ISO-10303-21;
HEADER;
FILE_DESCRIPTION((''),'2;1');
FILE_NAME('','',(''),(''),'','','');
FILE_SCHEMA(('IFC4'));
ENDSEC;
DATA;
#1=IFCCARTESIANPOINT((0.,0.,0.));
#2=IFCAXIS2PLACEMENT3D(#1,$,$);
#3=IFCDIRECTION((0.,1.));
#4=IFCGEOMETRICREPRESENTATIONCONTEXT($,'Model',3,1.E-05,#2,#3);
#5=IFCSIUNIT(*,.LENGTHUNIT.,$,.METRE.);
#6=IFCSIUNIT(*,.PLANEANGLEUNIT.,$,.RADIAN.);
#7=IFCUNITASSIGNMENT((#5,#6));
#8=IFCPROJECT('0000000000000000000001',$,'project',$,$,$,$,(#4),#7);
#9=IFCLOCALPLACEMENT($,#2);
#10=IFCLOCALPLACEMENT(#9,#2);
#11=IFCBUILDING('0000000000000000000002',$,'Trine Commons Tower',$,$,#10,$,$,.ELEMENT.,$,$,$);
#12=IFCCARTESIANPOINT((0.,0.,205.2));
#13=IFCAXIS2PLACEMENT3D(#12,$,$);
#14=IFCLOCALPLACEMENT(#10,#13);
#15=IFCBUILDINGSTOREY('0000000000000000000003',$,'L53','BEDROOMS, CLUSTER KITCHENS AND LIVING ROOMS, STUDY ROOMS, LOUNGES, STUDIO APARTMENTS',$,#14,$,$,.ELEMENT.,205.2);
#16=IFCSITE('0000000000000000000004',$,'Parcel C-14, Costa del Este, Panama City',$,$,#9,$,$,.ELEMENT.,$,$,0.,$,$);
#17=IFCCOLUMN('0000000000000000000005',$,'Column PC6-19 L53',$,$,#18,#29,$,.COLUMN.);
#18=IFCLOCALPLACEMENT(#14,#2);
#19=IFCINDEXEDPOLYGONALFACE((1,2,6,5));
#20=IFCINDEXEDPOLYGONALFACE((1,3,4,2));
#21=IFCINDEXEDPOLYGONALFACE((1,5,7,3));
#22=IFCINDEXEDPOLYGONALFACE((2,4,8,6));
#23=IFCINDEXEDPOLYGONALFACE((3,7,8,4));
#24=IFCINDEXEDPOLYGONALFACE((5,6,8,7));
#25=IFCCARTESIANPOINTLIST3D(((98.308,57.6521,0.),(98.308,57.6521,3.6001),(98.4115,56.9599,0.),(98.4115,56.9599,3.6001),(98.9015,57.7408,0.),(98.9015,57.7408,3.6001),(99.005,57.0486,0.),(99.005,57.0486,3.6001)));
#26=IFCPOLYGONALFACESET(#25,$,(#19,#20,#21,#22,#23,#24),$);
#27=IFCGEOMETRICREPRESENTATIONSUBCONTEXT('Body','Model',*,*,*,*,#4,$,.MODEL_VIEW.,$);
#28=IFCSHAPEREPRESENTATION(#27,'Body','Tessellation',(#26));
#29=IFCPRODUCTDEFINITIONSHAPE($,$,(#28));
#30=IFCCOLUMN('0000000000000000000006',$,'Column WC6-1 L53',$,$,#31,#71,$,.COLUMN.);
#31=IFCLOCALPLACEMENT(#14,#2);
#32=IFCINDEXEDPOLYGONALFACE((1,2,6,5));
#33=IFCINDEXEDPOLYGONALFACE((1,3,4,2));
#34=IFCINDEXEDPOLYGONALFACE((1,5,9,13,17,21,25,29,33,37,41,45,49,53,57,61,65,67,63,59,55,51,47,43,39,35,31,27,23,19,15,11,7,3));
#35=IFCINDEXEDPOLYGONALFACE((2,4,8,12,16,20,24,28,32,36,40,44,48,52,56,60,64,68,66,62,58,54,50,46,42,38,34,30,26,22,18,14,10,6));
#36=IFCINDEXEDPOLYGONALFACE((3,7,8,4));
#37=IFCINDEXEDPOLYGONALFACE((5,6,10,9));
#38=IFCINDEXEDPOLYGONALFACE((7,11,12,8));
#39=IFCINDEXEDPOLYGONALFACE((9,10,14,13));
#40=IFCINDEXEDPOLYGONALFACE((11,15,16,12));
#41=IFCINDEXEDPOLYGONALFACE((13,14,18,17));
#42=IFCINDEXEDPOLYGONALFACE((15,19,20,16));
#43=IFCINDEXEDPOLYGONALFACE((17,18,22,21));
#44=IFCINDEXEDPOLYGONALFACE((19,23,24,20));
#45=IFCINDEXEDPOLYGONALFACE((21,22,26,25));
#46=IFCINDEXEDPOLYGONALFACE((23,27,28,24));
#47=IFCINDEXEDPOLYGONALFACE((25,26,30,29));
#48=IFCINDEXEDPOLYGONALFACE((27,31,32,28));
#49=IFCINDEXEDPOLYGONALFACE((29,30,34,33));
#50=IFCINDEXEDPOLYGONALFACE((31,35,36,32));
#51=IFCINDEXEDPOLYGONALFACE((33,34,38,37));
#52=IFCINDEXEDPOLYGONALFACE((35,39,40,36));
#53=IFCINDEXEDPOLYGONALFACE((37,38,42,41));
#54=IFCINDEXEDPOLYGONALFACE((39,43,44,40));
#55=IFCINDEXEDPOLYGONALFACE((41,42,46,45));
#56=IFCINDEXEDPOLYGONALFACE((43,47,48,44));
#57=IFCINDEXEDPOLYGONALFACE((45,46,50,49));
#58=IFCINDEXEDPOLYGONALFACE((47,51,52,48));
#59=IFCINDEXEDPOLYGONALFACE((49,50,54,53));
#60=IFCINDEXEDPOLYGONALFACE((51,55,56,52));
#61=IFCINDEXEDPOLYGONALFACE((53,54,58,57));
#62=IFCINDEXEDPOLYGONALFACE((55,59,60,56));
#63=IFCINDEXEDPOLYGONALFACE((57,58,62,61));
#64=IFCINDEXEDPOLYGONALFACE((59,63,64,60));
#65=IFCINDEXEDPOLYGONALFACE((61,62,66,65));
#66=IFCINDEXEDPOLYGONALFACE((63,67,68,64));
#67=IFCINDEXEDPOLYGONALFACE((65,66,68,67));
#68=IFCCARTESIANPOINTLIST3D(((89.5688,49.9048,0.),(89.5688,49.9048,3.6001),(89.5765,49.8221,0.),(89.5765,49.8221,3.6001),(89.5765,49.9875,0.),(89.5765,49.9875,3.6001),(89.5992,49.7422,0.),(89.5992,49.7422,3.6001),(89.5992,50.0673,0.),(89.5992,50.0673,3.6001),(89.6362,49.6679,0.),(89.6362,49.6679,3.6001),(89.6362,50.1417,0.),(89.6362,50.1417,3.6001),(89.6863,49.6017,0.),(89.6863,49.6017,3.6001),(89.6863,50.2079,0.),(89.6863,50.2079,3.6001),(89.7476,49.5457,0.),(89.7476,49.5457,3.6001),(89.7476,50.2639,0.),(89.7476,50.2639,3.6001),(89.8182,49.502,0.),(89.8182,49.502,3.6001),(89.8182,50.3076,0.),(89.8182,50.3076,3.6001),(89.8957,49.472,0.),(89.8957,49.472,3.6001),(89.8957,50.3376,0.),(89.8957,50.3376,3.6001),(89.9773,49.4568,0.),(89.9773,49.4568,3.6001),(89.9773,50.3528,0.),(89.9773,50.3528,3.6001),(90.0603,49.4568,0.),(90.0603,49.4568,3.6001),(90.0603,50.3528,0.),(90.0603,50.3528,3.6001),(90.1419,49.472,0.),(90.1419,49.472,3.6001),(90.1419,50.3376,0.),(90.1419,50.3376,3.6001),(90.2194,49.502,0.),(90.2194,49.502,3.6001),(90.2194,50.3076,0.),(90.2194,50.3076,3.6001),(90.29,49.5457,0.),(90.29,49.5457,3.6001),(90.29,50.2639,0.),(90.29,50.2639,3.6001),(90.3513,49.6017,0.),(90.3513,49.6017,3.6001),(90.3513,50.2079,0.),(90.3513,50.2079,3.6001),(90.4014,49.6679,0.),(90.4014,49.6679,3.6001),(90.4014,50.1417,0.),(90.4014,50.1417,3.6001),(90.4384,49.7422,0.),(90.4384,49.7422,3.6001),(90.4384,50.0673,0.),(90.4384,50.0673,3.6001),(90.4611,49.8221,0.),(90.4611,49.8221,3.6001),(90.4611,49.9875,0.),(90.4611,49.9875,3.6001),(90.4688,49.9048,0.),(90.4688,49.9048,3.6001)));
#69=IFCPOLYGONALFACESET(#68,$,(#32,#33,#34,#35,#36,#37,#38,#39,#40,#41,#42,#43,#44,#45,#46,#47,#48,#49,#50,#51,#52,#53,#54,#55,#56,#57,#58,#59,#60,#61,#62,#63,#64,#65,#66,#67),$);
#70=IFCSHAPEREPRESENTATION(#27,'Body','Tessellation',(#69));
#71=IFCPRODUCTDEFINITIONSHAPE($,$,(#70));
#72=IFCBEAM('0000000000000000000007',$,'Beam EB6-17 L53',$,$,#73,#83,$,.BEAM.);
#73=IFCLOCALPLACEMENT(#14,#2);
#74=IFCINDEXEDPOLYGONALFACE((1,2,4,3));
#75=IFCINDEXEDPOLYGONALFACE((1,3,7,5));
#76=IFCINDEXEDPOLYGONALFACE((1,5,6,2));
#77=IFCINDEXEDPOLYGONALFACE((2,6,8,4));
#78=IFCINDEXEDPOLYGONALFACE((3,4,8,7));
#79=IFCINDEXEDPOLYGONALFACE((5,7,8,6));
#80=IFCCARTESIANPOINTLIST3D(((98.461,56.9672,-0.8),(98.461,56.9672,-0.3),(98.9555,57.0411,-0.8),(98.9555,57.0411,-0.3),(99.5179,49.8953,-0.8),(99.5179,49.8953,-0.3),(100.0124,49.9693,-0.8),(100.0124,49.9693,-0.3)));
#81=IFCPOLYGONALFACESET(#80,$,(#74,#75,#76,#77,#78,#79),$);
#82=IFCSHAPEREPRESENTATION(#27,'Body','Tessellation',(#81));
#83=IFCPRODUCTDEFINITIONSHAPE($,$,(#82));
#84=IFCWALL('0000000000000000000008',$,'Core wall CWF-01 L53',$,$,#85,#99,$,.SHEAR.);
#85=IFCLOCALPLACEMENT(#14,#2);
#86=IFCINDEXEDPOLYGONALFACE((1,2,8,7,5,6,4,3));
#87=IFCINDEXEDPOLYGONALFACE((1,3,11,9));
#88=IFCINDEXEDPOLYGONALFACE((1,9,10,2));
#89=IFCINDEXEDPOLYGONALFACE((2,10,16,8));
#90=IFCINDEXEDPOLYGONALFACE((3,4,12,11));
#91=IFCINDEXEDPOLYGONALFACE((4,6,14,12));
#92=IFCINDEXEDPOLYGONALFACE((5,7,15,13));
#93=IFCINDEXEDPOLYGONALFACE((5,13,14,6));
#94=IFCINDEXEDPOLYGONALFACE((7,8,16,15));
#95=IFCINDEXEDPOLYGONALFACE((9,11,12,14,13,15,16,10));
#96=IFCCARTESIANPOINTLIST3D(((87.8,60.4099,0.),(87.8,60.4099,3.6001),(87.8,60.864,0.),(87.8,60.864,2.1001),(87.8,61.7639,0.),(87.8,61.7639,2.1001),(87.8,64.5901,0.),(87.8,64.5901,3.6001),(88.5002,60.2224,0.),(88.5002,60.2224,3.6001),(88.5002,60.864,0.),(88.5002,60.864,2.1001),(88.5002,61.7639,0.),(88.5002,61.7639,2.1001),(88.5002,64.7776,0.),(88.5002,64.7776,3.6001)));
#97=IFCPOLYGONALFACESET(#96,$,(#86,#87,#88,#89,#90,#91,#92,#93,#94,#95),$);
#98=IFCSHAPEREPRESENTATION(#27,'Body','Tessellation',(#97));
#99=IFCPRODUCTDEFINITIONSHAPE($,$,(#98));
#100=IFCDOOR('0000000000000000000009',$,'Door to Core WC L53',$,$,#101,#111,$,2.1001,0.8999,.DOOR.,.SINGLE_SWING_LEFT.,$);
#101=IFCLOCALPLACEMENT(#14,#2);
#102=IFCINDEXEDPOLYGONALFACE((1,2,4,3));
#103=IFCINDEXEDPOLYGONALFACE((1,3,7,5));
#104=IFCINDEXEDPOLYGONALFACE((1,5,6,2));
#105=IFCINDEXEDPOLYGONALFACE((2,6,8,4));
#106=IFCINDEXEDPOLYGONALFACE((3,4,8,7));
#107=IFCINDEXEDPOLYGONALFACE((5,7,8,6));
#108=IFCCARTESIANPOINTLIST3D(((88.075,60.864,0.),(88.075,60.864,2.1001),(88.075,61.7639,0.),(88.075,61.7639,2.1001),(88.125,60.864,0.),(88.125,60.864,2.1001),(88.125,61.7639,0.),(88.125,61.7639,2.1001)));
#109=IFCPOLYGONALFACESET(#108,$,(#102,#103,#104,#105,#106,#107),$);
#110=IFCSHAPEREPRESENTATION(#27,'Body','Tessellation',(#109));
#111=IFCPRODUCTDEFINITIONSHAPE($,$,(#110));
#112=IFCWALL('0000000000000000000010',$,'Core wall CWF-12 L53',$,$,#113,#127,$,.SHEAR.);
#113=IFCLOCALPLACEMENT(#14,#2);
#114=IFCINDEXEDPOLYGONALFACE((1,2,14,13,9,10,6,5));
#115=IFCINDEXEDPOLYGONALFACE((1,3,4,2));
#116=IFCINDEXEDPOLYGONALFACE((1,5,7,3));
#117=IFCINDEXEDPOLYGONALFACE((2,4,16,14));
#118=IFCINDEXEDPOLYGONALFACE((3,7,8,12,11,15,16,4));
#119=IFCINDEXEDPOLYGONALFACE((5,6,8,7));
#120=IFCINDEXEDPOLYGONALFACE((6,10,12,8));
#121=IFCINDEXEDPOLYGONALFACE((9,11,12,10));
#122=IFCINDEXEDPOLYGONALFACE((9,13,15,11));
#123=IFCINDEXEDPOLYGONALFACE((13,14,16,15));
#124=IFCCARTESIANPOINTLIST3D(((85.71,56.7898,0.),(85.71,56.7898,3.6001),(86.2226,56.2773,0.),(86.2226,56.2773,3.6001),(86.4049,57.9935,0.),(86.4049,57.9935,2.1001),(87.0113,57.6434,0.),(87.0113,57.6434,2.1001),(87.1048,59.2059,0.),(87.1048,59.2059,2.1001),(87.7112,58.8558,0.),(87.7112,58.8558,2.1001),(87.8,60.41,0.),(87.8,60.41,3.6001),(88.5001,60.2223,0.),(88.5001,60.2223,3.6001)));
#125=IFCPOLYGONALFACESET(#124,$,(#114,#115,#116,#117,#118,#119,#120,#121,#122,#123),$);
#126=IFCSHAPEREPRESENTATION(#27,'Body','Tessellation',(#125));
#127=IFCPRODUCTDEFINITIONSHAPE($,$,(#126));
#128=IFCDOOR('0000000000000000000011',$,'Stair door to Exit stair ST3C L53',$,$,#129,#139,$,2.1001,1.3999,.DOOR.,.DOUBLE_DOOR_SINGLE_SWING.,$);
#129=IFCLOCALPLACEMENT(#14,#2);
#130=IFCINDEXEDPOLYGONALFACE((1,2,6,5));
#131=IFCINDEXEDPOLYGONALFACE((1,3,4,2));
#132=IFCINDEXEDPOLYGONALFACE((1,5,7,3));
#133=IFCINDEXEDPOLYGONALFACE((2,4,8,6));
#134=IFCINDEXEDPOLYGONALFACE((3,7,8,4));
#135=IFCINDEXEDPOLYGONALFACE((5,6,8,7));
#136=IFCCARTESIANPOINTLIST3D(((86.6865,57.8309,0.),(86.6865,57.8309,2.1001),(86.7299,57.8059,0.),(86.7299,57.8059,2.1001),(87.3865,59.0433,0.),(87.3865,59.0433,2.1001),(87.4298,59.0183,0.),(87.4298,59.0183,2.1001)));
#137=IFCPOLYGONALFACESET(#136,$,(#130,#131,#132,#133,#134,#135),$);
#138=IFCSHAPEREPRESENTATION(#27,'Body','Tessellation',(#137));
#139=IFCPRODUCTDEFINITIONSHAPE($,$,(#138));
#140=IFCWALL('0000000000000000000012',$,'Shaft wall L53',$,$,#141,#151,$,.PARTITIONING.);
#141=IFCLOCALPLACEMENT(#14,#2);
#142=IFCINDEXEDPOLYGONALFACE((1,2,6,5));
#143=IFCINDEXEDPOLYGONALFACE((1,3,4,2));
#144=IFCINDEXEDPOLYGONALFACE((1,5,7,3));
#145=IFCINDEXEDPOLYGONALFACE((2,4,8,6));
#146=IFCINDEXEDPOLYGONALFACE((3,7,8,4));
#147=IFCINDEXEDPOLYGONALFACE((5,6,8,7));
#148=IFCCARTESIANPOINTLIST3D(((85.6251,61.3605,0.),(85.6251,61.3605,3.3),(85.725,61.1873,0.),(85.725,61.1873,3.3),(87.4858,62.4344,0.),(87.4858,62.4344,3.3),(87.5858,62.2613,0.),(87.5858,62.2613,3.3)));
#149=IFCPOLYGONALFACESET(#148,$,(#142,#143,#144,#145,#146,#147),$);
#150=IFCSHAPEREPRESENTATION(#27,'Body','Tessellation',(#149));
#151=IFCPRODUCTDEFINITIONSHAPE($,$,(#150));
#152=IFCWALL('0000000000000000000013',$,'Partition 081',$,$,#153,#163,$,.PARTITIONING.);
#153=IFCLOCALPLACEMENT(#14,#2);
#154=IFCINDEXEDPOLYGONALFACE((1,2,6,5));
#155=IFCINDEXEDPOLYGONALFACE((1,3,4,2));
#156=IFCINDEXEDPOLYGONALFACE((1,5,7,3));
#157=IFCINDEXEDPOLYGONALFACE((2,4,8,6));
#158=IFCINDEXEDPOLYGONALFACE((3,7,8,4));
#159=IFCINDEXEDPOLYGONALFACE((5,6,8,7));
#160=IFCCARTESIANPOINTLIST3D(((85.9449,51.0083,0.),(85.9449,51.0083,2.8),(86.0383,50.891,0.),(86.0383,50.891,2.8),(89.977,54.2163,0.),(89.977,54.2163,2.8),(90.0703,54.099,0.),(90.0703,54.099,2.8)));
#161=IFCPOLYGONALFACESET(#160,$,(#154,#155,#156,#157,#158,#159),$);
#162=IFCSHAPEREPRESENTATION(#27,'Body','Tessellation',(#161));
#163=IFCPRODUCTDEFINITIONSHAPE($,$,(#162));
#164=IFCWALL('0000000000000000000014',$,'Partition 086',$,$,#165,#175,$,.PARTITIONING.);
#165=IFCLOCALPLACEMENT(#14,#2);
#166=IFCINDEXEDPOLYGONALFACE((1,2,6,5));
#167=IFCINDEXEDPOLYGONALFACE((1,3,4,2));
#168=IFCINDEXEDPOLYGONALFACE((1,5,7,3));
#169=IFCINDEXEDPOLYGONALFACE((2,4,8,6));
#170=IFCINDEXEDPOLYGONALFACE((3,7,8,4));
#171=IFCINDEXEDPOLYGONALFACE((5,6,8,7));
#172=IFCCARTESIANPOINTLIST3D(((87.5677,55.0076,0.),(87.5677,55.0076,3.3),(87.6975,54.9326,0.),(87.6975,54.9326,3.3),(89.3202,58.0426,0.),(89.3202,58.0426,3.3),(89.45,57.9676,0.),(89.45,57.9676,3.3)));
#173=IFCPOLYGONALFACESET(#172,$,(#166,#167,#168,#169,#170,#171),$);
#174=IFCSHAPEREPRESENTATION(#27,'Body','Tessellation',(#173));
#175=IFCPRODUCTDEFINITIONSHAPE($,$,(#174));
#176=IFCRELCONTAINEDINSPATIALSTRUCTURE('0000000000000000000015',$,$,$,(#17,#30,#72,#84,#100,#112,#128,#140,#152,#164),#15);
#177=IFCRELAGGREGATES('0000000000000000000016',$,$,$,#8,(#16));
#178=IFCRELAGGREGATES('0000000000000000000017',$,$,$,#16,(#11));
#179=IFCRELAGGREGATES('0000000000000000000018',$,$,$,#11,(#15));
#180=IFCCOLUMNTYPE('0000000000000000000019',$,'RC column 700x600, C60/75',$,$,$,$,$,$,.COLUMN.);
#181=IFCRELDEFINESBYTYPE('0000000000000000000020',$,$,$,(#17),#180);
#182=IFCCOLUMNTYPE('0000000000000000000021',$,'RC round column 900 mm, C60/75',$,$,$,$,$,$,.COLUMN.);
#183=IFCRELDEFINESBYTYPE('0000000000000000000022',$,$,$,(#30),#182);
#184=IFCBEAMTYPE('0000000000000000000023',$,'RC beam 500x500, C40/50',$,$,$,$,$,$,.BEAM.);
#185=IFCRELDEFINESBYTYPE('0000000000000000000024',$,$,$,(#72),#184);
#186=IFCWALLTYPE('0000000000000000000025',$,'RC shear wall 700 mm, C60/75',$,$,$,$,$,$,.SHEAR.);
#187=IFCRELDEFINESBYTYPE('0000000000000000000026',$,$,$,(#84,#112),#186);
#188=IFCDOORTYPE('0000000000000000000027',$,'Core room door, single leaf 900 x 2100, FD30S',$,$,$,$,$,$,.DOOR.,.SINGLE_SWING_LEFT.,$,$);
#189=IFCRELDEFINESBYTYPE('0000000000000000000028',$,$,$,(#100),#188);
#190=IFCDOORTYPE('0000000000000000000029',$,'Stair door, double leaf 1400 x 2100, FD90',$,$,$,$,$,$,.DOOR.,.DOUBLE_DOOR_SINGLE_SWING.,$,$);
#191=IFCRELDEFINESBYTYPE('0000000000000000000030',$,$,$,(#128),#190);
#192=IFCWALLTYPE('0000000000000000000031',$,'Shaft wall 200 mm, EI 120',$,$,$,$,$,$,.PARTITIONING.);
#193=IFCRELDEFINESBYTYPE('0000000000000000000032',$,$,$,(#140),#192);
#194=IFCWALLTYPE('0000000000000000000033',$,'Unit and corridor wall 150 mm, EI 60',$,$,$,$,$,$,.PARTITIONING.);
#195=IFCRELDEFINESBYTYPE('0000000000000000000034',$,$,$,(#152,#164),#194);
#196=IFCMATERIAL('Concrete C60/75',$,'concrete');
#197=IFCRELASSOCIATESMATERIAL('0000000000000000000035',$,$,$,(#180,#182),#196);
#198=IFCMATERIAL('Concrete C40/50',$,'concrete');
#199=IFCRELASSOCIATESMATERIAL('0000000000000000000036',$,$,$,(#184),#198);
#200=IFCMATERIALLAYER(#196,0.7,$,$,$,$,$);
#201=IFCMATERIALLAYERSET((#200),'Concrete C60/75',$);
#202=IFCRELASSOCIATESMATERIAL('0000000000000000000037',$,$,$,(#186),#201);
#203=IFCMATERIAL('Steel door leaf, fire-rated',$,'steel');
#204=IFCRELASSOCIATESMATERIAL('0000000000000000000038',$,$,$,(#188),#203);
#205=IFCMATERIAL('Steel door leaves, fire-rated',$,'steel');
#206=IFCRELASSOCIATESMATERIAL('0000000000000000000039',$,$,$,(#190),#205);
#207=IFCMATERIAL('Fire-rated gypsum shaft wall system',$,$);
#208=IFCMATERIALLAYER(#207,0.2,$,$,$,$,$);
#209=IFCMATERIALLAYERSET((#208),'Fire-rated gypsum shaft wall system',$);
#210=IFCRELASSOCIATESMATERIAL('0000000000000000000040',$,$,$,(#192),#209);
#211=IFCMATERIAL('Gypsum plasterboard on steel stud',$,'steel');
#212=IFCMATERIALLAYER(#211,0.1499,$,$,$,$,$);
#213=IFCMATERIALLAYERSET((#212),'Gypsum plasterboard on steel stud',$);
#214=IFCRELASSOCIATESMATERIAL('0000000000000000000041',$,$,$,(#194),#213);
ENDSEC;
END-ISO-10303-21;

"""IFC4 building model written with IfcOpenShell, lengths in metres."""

from ifc_helpers import new_model, si_unit, direction, frame, frame_2d, origin, origin_2d, place, context, subcontext, project, spatial, polyline, rectangle, circle, outline, extrude, material, layer, layer_set, material_profile, profile_set, type_object, element, fill, save


model = new_model("IFC4")

# Units and contexts
model_context = context("Model", 3, precision=1e-05, world=origin(), true_north=direction((0.0, 1.0)))
body_context = subcontext(model_context, "Body", "Model", "MODEL_VIEW")
ifc_project = project(units=[si_unit("LENGTHUNIT", "METRE"), si_unit("PLANEANGLEUNIT", "RADIAN")], contexts=[model_context])

# Site, building, storey
site_placement = place(None, origin())
site = spatial("IfcSite", under=ifc_project, at=site_placement, Name="Parcel C-14, Costa del Este, Panama City", CompositionType="ELEMENT", RefElevation=0.0)
building_placement = place(site_placement, origin())
building = spatial("IfcBuilding", under=site, at=building_placement, Name="Trine Commons Tower", CompositionType="ELEMENT")
storey_placement = place(building_placement, frame((0.0, 0.0, 205.2)))
storey = spatial("IfcBuildingStorey", under=building, at=storey_placement, Name="L53", Description="BEDROOMS, CLUSTER KITCHENS AND LIVING ROOMS, STUDY ROOMS, LOUNGES, STUDIO APARTMENTS", CompositionType="ELEMENT", Elevation=205.2)

# Columns
ifc_material_1 = material(Name="Concrete C60/75", Category="concrete")
ifc_material_profile_1 = material_profile(ifc_material_1, rectangle(XDim=0.7, YDim=0.6001, at=origin_2d()), Name="RC 700x600")
ifc_profile_set_1 = profile_set([ifc_material_profile_1], Name="Concrete C60/75")
column_type_1 = type_object("IfcColumnType", Name="RC column 700x600, C60/75", PredefinedType="COLUMN", material=ifc_profile_set_1)
column_1_placement = place(storey_placement, frame((98.6565, 57.3503, 0.0), z_axis=(0.0, 0.0, 1.0), x_axis=(-0.147809, 0.989016, 0.0)))
element("IfcColumn", 1, at=column_1_placement, inside=storey, type_object=column_type_1, Name="Column PC6-19 L53", PredefinedType="COLUMN", context=body_context, shape_type="SweptSolid", body=[
    extrude(rectangle(XDim=0.7, YDim=0.6001, at=origin_2d()), origin(), (0.0, 0.0, 1.0), 3.6001),
])
ifc_material_profile_2 = material_profile(ifc_material_1, circle(Radius=0.45, at=origin_2d()), Name="RC round 900")
ifc_profile_set_2 = profile_set([ifc_material_profile_2], Name="Concrete C60/75")
column_type_2 = type_object("IfcColumnType", Name="RC round column 900 mm, C60/75", PredefinedType="COLUMN", material=ifc_profile_set_2)
column_2_placement = place(storey_placement, frame((90.0188, 49.9048, 0.0), z_axis=(0.0, 0.0, 1.0), x_axis=(1.0, 0.0, 0.0)))
element("IfcColumn", 2, at=column_2_placement, inside=storey, type_object=column_type_2, Name="Column WC6-1 L53", PredefinedType="COLUMN", context=body_context, shape_type="SweptSolid", body=[
    extrude(circle(Radius=0.45, at=origin_2d()), origin(), (0.0, 0.0, 1.0), 3.6001),
])

# Beam
ifc_material_2 = material(Name="Concrete C40/50", Category="concrete")
ifc_material_profile_3 = material_profile(ifc_material_2, rectangle(XDim=0.5, YDim=0.5, at=origin_2d()), Name="RC 500x500")
ifc_profile_set_3 = profile_set([ifc_material_profile_3], Name="Concrete C40/50")
beam_type = type_object("IfcBeamType", Name="RC beam 500x500, C40/50", PredefinedType="BEAM", material=ifc_profile_set_3)
beam_placement = place(storey_placement, frame((98.7083, 57.0042, -0.55), z_axis=(0.147809, -0.989016, 0.0), x_axis=(0.989016, 0.147809, 0.0)))
element("IfcBeam", 3, at=beam_placement, inside=storey, type_object=beam_type, Name="Beam EB6-17 L53", PredefinedType="BEAM", context=body_context, shape_type="SweptSolid", body=[
    extrude(rectangle(XDim=0.5, YDim=0.5, at=origin_2d()), origin(), (0.0, 0.0, 1.0), 7.1504),
])

# Walls, openings, doors
ifc_layer_1 = layer(ifc_material_1, 0.7)
ifc_layer_set_1 = layer_set([ifc_layer_1], Name="Concrete C60/75")
wall_type_1 = type_object("IfcWallType", Name="RC shear wall 700 mm, C60/75", PredefinedType="SHEAR", material=ifc_layer_set_1)
wall_1_placement = place(storey_placement, frame((88.1501, 60.2224, 0.0), z_axis=(0.0, 0.0, 1.0), x_axis=(0.0, 1.0, 0.0)))
wall_1 = element("IfcWall", 4, at=wall_1_placement, inside=storey, type_object=wall_type_1, Name="Core wall CWF-01 L53", PredefinedType="SHEAR", context=body_context, shape_type="SweptSolid", body=[
    extrude(outline(polyline([(0.0, -0.3501), (4.5552, -0.3501), (4.3677, 0.3501), (0.1875, 0.3501), (0.0, -0.3501)])), origin(), (0.0, 0.0, 1.0), 3.6001),
])
opening_1_placement = place(wall_1_placement, frame((0.6416, 0.0, 0.0)))
opening_1 = element("IfcOpeningElement", 5, at=opening_1_placement, cuts=wall_1, PredefinedType="OPENING", context=body_context, shape_type="SweptSolid", body=[
    extrude(rectangle(XDim=0.8999, YDim=2.1001, at=frame_2d((0.45, 1.05))), frame((0.0, 0.3599, 0.0), z_axis=(0.0, -1.0, 0.0), x_axis=(1.0, 0.0, 0.0)), (0.0, 0.0, 1.0), 0.72),
])
ifc_material_3 = material(Name="Steel door leaf, fire-rated", Category="steel")
door_type_1 = type_object("IfcDoorType", Name="Core room door, single leaf 900 x 2100, FD30S", OperationType="SINGLE_SWING_LEFT", PredefinedType="DOOR", material=ifc_material_3)
door_1_placement = place(opening_1_placement, origin())
door_1 = element("IfcDoor", 6, at=door_1_placement, inside=storey, type_object=door_type_1, Name="Door to Core WC L53", OperationType="SINGLE_SWING_LEFT", OverallHeight=2.1001, OverallWidth=0.8999, PredefinedType="DOOR", context=body_context, shape_type="SweptSolid", body=[
    extrude(rectangle(XDim=0.8999, YDim=2.1001, at=frame_2d((0.45, 1.05))), frame((0.0, 0.0752, 0.0), z_axis=(0.0, -1.0, 0.0), x_axis=(1.0, 0.0, 0.0)), (0.0, 0.0, 1.0), 0.05),
])
fill(opening_1, door_1)
wall_2_placement = place(storey_placement, frame((85.9194, 56.4524, 0.0), z_axis=(0.0, 0.0, 1.0), x_axis=(0.499984, 0.866035, 0.0)))
wall_2 = element("IfcWall", 7, at=wall_2_placement, inside=storey, type_object=wall_type_1, Name="Core wall CWF-12 L53", PredefinedType="SHEAR", context=body_context, shape_type="SweptSolid", body=[
    extrude(outline(polyline([(0.0, -0.3501), (4.5552, -0.3501), (4.3677, 0.3501), (0.1875, 0.3501), (0.0, -0.3501)])), origin(), (0.0, 0.0, 1.0), 3.6001),
])
opening_2_placement = place(wall_2_placement, frame((1.5774, 0.0, 0.0)))
opening_2 = element("IfcOpeningElement", 8, at=opening_2_placement, cuts=wall_2, PredefinedType="OPENING", context=body_context, shape_type="SweptSolid", body=[
    extrude(rectangle(XDim=1.3999, YDim=2.1001, at=frame_2d((0.7, 1.05))), frame((0.0, 0.3599, 0.0), z_axis=(0.0, -1.0, 0.0), x_axis=(1.0, 0.0, 0.0)), (0.0, 0.0, 1.0), 0.72),
])
ifc_material_4 = material(Name="Steel door leaves, fire-rated", Category="steel")
door_type_2 = type_object("IfcDoorType", Name="Stair door, double leaf 1400 x 2100, FD90", OperationType="DOUBLE_DOOR_SINGLE_SWING", PredefinedType="DOOR", material=ifc_material_4)
door_2_placement = place(opening_2_placement, origin())
door_2 = element("IfcDoor", 9, at=door_2_placement, inside=storey, type_object=door_type_2, Name="Stair door to Exit stair ST3C L53", OperationType="DOUBLE_DOOR_SINGLE_SWING", OverallHeight=2.1001, OverallWidth=1.3999, PredefinedType="DOOR", context=body_context, shape_type="SweptSolid", body=[
    extrude(rectangle(XDim=1.3999, YDim=2.1001, at=frame_2d((0.7, 1.05))), frame((0.0, 0.0249, 0.0), z_axis=(0.0, -1.0, 0.0), x_axis=(1.0, 0.0, 0.0)), (0.0, 0.0, 1.0), 0.05),
])
fill(opening_2, door_2)

# Walls
ifc_material_5 = material(Name="Fire-rated gypsum shaft wall system")
ifc_layer_2 = layer(ifc_material_5, 0.2)
ifc_layer_set_2 = layer_set([ifc_layer_2], Name="Fire-rated gypsum shaft wall system")
wall_type_2 = type_object("IfcWallType", Name="Shaft wall 200 mm, EI 120", PredefinedType="PARTITIONING", material=ifc_layer_set_2)
wall_3_placement = place(storey_placement, frame((85.675, 61.2739, 0.0), z_axis=(0.0, 0.0, 1.0), x_axis=(0.866102, 0.499867, 0.0)))
element("IfcWall", 10, at=wall_3_placement, inside=storey, type_object=wall_type_2, Name="Shaft wall L53", PredefinedType="PARTITIONING", context=body_context, shape_type="SweptSolid", body=[
    extrude(rectangle(XDim=2.1484, YDim=0.2, at=frame_2d((1.0742, 0.0))), origin(), (0.0, 0.0, 1.0), 3.3),
])
ifc_material_6 = material(Name="Gypsum plasterboard on steel stud", Category="steel")
ifc_layer_3 = layer(ifc_material_6, 0.1499)
ifc_layer_set_3 = layer_set([ifc_layer_3], Name="Gypsum plasterboard on steel stud")
wall_type_3 = type_object("IfcWallType", Name="Unit and corridor wall 150 mm, EI 60", PredefinedType="PARTITIONING", material=ifc_layer_set_3)
wall_4_placement = place(storey_placement, frame((85.9917, 50.9497, 0.0), z_axis=(0.0, 0.0, 1.0), x_axis=(0.78253, 0.622613, 0.0)))
element("IfcWall", 11, at=wall_4_placement, inside=storey, type_object=wall_type_3, Name="Partition 081", PredefinedType="PARTITIONING", context=body_context, shape_type="SweptSolid", body=[
    extrude(rectangle(XDim=5.1526, YDim=0.1499, at=frame_2d((2.5762, 0.0))), origin(), (0.0, 0.0, 1.0), 2.8),
])
wall_5_placement = place(storey_placement, frame((87.6326, 54.97, 0.0), z_axis=(0.0, 0.0, 1.0), x_axis=(0.50005, 0.865996, 0.0)))
element("IfcWall", 12, at=wall_5_placement, inside=storey, type_object=wall_type_3, Name="Partition 086", PredefinedType="PARTITIONING", context=body_context, shape_type="SweptSolid", body=[
    extrude(rectangle(XDim=3.5046, YDim=0.1499, at=frame_2d((1.7524, 0.0))), origin(), (0.0, 0.0, 1.0), 3.3),
])

save(model, "model.ifc")
